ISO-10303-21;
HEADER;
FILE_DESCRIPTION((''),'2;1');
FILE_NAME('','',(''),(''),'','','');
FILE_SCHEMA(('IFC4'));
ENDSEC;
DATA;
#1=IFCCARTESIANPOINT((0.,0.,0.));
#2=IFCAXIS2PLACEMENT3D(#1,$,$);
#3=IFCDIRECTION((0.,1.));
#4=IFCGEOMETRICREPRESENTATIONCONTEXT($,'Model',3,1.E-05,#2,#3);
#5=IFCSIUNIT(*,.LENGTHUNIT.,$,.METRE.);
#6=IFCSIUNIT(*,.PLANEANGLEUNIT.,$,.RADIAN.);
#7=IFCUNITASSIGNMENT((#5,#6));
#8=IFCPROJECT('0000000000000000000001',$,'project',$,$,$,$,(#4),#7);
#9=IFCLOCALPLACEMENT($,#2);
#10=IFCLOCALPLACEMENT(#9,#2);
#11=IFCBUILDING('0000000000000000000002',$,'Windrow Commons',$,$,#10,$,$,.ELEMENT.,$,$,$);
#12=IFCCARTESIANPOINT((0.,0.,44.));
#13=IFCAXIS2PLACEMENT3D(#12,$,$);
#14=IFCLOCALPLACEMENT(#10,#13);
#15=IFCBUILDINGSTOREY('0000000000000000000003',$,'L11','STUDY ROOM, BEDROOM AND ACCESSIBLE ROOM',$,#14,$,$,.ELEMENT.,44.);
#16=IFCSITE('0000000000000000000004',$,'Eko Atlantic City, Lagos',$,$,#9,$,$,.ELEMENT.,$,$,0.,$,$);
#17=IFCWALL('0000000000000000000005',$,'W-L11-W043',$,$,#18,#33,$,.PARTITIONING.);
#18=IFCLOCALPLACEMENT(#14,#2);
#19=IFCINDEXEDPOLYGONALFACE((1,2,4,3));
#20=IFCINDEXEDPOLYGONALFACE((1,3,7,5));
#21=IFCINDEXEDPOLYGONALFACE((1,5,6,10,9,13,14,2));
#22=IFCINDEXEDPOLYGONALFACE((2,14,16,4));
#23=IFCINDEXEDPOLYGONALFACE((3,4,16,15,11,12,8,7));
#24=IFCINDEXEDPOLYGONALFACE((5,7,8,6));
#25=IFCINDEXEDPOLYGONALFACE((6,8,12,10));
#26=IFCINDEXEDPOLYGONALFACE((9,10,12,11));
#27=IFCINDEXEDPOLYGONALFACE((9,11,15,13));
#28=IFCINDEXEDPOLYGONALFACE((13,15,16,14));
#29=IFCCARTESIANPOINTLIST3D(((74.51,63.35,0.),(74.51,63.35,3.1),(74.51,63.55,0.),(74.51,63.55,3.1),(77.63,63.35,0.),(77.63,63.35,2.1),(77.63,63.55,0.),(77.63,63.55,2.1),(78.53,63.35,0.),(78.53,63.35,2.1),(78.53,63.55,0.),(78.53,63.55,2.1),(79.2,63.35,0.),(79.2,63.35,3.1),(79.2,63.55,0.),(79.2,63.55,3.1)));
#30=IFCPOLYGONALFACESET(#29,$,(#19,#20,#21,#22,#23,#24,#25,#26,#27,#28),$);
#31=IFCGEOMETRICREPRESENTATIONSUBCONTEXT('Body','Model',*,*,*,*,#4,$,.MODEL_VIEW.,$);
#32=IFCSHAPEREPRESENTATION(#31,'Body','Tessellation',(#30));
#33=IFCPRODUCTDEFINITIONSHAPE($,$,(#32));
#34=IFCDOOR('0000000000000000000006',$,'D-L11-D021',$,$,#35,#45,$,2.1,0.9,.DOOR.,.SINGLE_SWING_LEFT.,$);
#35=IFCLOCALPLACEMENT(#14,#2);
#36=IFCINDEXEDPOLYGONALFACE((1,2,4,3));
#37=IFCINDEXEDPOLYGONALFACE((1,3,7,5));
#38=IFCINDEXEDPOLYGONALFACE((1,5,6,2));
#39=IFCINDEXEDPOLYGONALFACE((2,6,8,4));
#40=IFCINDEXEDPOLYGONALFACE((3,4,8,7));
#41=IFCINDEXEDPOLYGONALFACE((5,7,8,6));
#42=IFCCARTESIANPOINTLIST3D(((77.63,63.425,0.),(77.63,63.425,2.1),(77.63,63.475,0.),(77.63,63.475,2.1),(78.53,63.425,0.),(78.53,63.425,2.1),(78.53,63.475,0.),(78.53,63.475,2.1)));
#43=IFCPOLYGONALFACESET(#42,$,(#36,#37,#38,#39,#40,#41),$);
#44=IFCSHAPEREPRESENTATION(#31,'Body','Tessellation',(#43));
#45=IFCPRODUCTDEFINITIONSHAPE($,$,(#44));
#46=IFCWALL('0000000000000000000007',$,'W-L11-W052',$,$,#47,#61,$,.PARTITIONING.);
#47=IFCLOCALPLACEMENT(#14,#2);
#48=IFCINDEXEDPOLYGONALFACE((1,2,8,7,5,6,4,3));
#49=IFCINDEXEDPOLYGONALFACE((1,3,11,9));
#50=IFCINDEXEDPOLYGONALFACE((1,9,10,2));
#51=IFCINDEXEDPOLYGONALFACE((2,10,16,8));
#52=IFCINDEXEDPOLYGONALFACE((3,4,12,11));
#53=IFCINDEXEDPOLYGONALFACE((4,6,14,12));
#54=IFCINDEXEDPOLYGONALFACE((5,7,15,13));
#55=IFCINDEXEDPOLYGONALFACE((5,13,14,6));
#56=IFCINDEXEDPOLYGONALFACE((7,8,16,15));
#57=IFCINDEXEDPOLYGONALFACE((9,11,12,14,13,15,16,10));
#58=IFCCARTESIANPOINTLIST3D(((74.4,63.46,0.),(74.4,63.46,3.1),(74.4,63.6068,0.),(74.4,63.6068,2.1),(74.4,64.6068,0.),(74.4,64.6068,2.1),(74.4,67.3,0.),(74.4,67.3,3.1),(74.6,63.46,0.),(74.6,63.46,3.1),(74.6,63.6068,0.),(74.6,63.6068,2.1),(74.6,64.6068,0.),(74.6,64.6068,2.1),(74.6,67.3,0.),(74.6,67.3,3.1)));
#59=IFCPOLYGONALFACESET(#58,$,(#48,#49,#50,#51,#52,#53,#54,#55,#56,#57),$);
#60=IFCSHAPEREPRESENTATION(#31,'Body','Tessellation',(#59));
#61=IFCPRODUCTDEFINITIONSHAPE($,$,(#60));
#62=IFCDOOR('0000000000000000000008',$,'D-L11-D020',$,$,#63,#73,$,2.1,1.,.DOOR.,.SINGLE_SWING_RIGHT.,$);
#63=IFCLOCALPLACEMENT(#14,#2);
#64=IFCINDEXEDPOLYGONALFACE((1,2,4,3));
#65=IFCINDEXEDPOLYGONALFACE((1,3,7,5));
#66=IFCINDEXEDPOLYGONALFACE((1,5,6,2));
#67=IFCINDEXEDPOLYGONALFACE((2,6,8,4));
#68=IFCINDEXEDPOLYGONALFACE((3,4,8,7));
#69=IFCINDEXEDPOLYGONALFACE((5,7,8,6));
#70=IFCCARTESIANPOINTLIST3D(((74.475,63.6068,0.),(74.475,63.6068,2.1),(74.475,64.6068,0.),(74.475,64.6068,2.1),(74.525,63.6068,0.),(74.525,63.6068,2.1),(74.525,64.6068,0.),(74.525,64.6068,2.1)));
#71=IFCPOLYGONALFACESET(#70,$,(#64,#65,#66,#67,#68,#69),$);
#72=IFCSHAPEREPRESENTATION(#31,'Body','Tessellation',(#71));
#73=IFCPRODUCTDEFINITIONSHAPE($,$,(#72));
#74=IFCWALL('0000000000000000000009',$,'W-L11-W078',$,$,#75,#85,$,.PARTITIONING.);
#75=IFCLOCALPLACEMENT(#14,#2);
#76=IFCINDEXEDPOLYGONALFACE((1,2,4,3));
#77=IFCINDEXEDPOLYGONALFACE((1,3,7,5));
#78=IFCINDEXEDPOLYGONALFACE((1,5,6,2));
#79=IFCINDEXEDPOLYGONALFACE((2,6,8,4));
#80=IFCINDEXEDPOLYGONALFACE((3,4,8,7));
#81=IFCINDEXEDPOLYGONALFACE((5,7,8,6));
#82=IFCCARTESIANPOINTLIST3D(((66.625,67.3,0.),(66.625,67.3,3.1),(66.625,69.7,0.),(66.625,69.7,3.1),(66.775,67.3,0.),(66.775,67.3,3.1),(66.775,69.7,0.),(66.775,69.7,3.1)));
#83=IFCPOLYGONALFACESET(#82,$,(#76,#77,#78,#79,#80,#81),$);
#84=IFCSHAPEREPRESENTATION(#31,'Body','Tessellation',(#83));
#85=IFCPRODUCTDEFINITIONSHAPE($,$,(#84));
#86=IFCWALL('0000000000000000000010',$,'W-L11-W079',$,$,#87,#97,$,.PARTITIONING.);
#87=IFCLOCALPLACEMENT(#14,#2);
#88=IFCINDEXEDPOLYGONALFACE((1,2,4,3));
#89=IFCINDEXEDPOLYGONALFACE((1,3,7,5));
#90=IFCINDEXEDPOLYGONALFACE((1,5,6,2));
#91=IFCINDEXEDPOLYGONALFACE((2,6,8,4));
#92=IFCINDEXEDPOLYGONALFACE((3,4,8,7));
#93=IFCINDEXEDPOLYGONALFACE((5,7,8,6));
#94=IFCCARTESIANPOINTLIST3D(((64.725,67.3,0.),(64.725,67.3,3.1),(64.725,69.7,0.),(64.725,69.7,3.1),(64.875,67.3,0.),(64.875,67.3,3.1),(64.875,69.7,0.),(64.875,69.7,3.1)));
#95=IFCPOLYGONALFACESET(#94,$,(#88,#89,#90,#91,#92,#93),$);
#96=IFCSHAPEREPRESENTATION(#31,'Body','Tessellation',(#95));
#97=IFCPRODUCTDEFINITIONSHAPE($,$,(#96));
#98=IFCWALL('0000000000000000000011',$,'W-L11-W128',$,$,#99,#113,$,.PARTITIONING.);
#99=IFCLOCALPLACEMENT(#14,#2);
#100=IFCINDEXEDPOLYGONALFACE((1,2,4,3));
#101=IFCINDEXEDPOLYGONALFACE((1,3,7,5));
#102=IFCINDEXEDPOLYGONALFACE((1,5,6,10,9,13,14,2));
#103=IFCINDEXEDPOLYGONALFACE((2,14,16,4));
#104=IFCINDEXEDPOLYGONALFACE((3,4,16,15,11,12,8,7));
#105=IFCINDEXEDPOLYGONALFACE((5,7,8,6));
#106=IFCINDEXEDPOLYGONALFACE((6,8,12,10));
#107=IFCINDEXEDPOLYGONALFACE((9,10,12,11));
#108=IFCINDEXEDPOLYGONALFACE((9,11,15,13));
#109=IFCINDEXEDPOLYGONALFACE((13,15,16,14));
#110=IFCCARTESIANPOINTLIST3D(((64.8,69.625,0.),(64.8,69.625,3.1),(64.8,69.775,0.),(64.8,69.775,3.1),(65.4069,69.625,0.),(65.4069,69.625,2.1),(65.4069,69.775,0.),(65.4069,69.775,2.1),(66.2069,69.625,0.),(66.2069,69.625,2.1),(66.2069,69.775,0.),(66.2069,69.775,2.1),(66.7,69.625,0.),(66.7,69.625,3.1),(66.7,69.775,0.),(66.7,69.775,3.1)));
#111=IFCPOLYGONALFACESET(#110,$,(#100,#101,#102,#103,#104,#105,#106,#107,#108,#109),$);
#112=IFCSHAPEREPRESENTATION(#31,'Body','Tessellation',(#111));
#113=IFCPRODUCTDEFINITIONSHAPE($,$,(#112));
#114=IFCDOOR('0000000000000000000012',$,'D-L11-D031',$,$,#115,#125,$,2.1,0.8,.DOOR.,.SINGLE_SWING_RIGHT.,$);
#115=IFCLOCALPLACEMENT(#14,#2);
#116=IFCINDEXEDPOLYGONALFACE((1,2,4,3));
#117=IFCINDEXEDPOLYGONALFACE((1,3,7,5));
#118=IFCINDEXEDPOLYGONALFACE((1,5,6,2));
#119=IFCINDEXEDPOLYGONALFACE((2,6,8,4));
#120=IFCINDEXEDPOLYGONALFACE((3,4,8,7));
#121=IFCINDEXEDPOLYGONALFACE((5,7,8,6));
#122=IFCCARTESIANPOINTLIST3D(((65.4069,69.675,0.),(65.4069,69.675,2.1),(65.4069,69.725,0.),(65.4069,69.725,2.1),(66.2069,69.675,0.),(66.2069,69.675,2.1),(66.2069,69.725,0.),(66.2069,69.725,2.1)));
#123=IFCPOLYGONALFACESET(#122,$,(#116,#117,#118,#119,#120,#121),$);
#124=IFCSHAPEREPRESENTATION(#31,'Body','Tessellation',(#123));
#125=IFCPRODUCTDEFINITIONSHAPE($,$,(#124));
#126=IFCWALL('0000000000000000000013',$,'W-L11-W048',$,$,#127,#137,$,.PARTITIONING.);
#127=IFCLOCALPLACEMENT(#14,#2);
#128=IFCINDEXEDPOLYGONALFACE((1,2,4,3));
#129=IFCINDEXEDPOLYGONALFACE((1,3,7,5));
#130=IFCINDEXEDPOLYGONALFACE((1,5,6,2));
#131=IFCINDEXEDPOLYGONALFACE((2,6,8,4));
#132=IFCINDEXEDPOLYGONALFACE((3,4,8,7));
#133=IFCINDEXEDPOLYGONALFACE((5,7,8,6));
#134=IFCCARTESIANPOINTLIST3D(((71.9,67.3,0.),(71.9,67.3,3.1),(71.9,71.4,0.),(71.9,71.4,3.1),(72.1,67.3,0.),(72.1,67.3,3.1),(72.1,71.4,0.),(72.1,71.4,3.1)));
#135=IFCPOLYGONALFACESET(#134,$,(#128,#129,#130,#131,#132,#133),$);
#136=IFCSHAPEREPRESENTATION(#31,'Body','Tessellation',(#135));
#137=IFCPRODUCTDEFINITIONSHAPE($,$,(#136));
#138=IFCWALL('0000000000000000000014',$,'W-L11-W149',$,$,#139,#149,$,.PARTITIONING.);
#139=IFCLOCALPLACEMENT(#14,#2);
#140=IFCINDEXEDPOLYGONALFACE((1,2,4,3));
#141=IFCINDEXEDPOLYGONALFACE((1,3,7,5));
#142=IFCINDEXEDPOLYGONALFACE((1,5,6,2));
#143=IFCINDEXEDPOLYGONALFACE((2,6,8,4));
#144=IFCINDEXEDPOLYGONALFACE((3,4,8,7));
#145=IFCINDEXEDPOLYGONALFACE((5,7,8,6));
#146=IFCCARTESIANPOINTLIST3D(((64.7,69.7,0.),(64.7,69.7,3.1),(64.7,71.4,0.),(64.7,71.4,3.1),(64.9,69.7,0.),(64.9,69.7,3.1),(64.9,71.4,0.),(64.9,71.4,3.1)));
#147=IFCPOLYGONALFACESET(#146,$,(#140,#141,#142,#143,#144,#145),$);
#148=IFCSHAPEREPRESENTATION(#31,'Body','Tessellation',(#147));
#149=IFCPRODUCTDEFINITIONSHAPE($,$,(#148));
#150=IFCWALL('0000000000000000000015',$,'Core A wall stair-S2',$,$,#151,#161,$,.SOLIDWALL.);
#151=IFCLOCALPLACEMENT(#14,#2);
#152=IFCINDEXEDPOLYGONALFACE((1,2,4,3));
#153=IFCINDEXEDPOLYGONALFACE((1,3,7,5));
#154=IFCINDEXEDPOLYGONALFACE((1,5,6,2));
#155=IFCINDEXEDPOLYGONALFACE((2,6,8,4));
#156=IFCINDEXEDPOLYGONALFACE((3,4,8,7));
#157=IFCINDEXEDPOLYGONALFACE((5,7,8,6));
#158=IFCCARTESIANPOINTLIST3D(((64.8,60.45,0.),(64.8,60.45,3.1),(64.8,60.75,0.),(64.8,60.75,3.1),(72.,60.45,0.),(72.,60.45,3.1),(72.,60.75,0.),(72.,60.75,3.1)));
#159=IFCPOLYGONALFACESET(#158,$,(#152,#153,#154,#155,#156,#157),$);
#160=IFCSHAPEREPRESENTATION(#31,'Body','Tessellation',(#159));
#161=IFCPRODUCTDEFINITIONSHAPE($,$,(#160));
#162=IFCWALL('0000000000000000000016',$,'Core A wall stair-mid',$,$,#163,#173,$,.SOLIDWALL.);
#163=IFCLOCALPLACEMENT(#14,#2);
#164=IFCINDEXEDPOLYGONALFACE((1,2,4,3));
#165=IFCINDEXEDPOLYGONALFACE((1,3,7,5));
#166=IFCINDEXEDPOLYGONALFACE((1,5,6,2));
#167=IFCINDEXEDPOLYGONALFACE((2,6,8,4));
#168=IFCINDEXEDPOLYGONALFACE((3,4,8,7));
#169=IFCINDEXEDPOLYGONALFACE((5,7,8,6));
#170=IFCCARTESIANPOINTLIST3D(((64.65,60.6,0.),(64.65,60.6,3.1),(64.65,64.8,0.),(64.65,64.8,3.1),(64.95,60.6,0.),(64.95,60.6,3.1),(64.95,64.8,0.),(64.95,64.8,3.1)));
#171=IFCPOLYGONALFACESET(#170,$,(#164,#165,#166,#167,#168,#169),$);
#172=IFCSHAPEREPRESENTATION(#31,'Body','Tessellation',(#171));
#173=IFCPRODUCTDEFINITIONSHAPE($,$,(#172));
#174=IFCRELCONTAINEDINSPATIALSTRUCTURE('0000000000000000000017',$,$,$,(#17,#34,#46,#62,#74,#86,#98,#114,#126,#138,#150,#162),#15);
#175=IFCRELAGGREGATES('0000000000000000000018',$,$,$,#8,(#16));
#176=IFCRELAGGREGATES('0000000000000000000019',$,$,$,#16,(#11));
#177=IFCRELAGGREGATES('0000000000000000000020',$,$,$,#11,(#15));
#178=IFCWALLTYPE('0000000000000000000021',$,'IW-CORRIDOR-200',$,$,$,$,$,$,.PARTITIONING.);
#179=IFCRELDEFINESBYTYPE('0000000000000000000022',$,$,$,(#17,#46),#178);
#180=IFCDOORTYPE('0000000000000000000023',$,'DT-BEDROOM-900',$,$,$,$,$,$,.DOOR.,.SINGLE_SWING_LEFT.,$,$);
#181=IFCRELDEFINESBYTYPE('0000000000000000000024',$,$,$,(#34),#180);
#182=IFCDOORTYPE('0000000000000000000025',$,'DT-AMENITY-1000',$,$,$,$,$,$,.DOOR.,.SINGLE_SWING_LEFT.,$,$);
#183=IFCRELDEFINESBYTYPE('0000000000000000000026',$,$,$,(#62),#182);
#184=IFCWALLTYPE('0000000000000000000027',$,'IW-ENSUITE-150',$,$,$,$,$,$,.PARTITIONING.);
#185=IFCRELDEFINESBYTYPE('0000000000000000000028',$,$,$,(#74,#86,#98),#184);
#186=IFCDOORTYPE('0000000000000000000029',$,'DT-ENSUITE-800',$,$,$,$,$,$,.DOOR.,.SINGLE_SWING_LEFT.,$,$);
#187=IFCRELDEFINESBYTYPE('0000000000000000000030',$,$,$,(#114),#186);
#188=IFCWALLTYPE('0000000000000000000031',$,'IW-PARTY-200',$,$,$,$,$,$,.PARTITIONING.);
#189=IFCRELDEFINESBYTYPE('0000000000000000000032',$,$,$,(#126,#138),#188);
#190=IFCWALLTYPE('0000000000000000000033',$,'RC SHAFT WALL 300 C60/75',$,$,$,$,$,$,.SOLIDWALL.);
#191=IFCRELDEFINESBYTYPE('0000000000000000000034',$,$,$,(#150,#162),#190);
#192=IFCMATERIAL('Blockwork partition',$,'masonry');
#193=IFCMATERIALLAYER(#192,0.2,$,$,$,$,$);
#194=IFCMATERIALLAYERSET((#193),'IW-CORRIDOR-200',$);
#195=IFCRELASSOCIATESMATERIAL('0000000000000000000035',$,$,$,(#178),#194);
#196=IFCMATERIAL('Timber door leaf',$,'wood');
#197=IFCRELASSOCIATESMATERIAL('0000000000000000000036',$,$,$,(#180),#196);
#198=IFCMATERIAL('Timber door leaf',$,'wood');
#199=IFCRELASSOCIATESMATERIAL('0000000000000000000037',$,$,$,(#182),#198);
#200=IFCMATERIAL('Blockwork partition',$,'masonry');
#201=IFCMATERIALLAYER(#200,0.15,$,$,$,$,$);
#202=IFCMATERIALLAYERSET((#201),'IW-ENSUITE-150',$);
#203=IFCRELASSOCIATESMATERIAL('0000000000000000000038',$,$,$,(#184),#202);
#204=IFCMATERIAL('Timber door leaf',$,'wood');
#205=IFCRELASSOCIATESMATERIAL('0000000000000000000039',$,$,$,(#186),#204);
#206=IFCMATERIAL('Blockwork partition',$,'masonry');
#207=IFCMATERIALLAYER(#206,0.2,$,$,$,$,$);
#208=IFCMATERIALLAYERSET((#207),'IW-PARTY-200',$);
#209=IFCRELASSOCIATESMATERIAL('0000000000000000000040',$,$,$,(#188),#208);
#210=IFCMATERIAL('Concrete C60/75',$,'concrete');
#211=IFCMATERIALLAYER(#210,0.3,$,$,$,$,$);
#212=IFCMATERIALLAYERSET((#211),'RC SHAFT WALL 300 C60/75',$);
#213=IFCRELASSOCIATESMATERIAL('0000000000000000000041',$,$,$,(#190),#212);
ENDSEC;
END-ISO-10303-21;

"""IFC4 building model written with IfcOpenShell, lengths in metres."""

from ifc_helpers import new_model, si_unit, direction, frame, frame_2d, origin, place, context, subcontext, project, spatial, rectangle, extrude, material, layer, layer_set, type_object, element, fill, save


model = new_model("IFC4")

# Units and contexts
model_context = context("Model", 3, precision=1e-05, world=origin(), true_north=direction((0.0, 1.0)))
body_context = subcontext(model_context, "Body", "Model", "MODEL_VIEW")
ifc_project = project(units=[si_unit("LENGTHUNIT", "METRE"), si_unit("PLANEANGLEUNIT", "RADIAN")], contexts=[model_context])

# Site, building, storey
site_placement = place(None, origin())
site = spatial("IfcSite", under=ifc_project, at=site_placement, Name="Eko Atlantic City, Lagos", CompositionType="ELEMENT", RefElevation=0.0)
building_placement = place(site_placement, origin())
building = spatial("IfcBuilding", under=site, at=building_placement, Name="Windrow Commons", CompositionType="ELEMENT")
storey_placement = place(building_placement, frame((0.0, 0.0, 44.0)))
storey = spatial("IfcBuildingStorey", under=building, at=storey_placement, Name="L11", Description="STUDY ROOM, BEDROOM AND ACCESSIBLE ROOM", CompositionType="ELEMENT", Elevation=44.0)

# Walls, openings, doors
ifc_material_1 = material(Name="Blockwork partition", Category="masonry")
ifc_layer_1 = layer(ifc_material_1, 0.2)
ifc_layer_set_1 = layer_set([ifc_layer_1], Name="IW-CORRIDOR-200")
wall_type_1 = type_object("IfcWallType", Name="IW-CORRIDOR-200", PredefinedType="PARTITIONING", material=ifc_layer_set_1)
wall_1_placement = place(storey_placement, frame((74.51, 63.45, 0.0), z_axis=(0.0, 0.0, 1.0), x_axis=(1.0, 0.0, 0.0)))
wall_1 = element("IfcWall", 1, at=wall_1_placement, inside=storey, type_object=wall_type_1, Name="W-L11-W043", PredefinedType="PARTITIONING", context=body_context, shape_type="SweptSolid", body=[
    extrude(rectangle(XDim=4.69, YDim=0.2, at=frame_2d((2.345, 0.0))), origin(), (0.0, 0.0, 1.0), 3.1),
])
opening_1_placement = place(wall_1_placement, frame((3.12, 0.0, 0.0)))
opening_1 = element("IfcOpeningElement", 2, at=opening_1_placement, cuts=wall_1, PredefinedType="OPENING", context=body_context, shape_type="SweptSolid", body=[
    extrude(rectangle(XDim=0.9, YDim=2.1, at=frame_2d((0.45, 1.05))), frame((0.0, 0.11, 0.0), z_axis=(0.0, -1.0, 0.0), x_axis=(1.0, 0.0, 0.0)), (0.0, 0.0, 1.0), 0.22),
])
ifc_material_2 = material(Name="Timber door leaf", Category="wood")
door_type_1 = type_object("IfcDoorType", Name="DT-BEDROOM-900", OperationType="SINGLE_SWING_LEFT", PredefinedType="DOOR", material=ifc_material_2)
door_1_placement = place(opening_1_placement, origin())
door_1 = element("IfcDoor", 3, at=door_1_placement, inside=storey, type_object=door_type_1, Name="D-L11-D021", OperationType="SINGLE_SWING_LEFT", OverallHeight=2.1, OverallWidth=0.9, PredefinedType="DOOR", context=body_context, shape_type="SweptSolid", body=[
    extrude(rectangle(XDim=0.9, YDim=2.1, at=frame_2d((0.45, 1.05))), frame((0.0, 0.025, 0.0), z_axis=(0.0, -1.0, 0.0), x_axis=(1.0, 0.0, 0.0)), (0.0, 0.0, 1.0), 0.05),
])
fill(opening_1, door_1)
wall_2_placement = place(storey_placement, frame((74.5, 63.46, 0.0), z_axis=(0.0, 0.0, 1.0), x_axis=(0.0, 1.0, 0.0)))
wall_2 = element("IfcWall", 4, at=wall_2_placement, inside=storey, type_object=wall_type_1, Name="W-L11-W052", PredefinedType="PARTITIONING", context=body_context, shape_type="SweptSolid", body=[
    extrude(rectangle(XDim=3.84, YDim=0.2, at=frame_2d((1.92, 0.0))), origin(), (0.0, 0.0, 1.0), 3.1),
])
opening_2_placement = place(wall_2_placement, frame((0.1468, 0.0, 0.0)))
opening_2 = element("IfcOpeningElement", 5, at=opening_2_placement, cuts=wall_2, PredefinedType="OPENING", context=body_context, shape_type="SweptSolid", body=[
    extrude(rectangle(XDim=1.0, YDim=2.1, at=frame_2d((0.5, 1.05))), frame((0.0, 0.11, 0.0), z_axis=(0.0, -1.0, 0.0), x_axis=(1.0, 0.0, 0.0)), (0.0, 0.0, 1.0), 0.22),
])
ifc_material_3 = material(Name="Timber door leaf", Category="wood")
door_type_2 = type_object("IfcDoorType", Name="DT-AMENITY-1000", OperationType="SINGLE_SWING_LEFT", PredefinedType="DOOR", material=ifc_material_3)
door_2_placement = place(opening_2_placement, origin())
door_2 = element("IfcDoor", 6, at=door_2_placement, inside=storey, type_object=door_type_2, Name="D-L11-D020", OperationType="SINGLE_SWING_RIGHT", OverallHeight=2.1, OverallWidth=1.0, PredefinedType="DOOR", context=body_context, shape_type="SweptSolid", body=[
    extrude(rectangle(XDim=1.0, YDim=2.1, at=frame_2d((0.5, 1.05))), frame((0.0, 0.025, 0.0), z_axis=(0.0, -1.0, 0.0), x_axis=(1.0, 0.0, 0.0)), (0.0, 0.0, 1.0), 0.05),
])
fill(opening_2, door_2)

# Walls
ifc_material_4 = material(Name="Blockwork partition", Category="masonry")
ifc_layer_2 = layer(ifc_material_4, 0.15)
ifc_layer_set_2 = layer_set([ifc_layer_2], Name="IW-ENSUITE-150")
wall_type_2 = type_object("IfcWallType", Name="IW-ENSUITE-150", PredefinedType="PARTITIONING", material=ifc_layer_set_2)
for number, where, z_axis, x_axis, name in (
    (7, (66.7, 67.3, 0.0), (0.0, 0.0, 1.0), (0.0, 1.0, 0.0), "W-L11-W078"),
    (8, (64.8, 67.3, 0.0), (0.0, 0.0, 1.0), (0.0, 1.0, 0.0), "W-L11-W079"),
):
    element("IfcWall", number, at=place(storey_placement, frame(where, z_axis=z_axis, x_axis=x_axis)), inside=storey, type_object=wall_type_2, Name=name, PredefinedType="PARTITIONING", context=body_context, shape_type="SweptSolid", body=[
        extrude(rectangle(XDim=2.4, YDim=0.15, at=frame_2d((1.2, 0.0))), origin(), (0.0, 0.0, 1.0), 3.1),
    ])

# Wall, opening, door
wall_3_placement = place(storey_placement, frame((64.8, 69.7, 0.0), z_axis=(0.0, 0.0, 1.0), x_axis=(1.0, 0.0, 0.0)))
wall_3 = element("IfcWall", 9, at=wall_3_placement, inside=storey, type_object=wall_type_2, Name="W-L11-W128", PredefinedType="PARTITIONING", context=body_context, shape_type="SweptSolid", body=[
    extrude(rectangle(XDim=1.9, YDim=0.15, at=frame_2d((0.95, 0.0))), origin(), (0.0, 0.0, 1.0), 3.1),
])
opening_3_placement = place(wall_3_placement, frame((0.6069, 0.0, 0.0)))
opening_3 = element("IfcOpeningElement", 10, at=opening_3_placement, cuts=wall_3, PredefinedType="OPENING", context=body_context, shape_type="SweptSolid", body=[
    extrude(rectangle(XDim=0.8, YDim=2.1, at=frame_2d((0.4, 1.05))), frame((0.0, 0.085, 0.0), z_axis=(0.0, -1.0, 0.0), x_axis=(1.0, 0.0, 0.0)), (0.0, 0.0, 1.0), 0.17),
])
ifc_material_5 = material(Name="Timber door leaf", Category="wood")
door_type_3 = type_object("IfcDoorType", Name="DT-ENSUITE-800", OperationType="SINGLE_SWING_LEFT", PredefinedType="DOOR", material=ifc_material_5)
door_3_placement = place(opening_3_placement, origin())
door_3 = element("IfcDoor", 11, at=door_3_placement, inside=storey, type_object=door_type_3, Name="D-L11-D031", OperationType="SINGLE_SWING_RIGHT", OverallHeight=2.1, OverallWidth=0.8, PredefinedType="DOOR", context=body_context, shape_type="SweptSolid", body=[
    extrude(rectangle(XDim=0.8, YDim=2.1, at=frame_2d((0.4, 1.05))), frame((0.0, 0.025, 0.0), z_axis=(0.0, -1.0, 0.0), x_axis=(1.0, 0.0, 0.0)), (0.0, 0.0, 1.0), 0.05),
])
fill(opening_3, door_3)

# Walls
ifc_material_6 = material(Name="Blockwork partition", Category="masonry")
ifc_layer_3 = layer(ifc_material_6, 0.2)
ifc_layer_set_3 = layer_set([ifc_layer_3], Name="IW-PARTY-200")
wall_type_3 = type_object("IfcWallType", Name="IW-PARTY-200", PredefinedType="PARTITIONING", material=ifc_layer_set_3)
wall_4_placement = place(storey_placement, frame((72.0, 67.3, 0.0), z_axis=(0.0, 0.0, 1.0), x_axis=(0.0, 1.0, 0.0)))
element("IfcWall", 12, at=wall_4_placement, inside=storey, type_object=wall_type_3, Name="W-L11-W048", PredefinedType="PARTITIONING", context=body_context, shape_type="SweptSolid", body=[
    extrude(rectangle(XDim=4.1, YDim=0.2, at=frame_2d((2.05, 0.0))), origin(), (0.0, 0.0, 1.0), 3.1),
])
wall_5_placement = place(storey_placement, frame((64.8, 69.7, 0.0), z_axis=(0.0, 0.0, 1.0), x_axis=(0.0, 1.0, 0.0)))
element("IfcWall", 13, at=wall_5_placement, inside=storey, type_object=wall_type_3, Name="W-L11-W149", PredefinedType="PARTITIONING", context=body_context, shape_type="SweptSolid", body=[
    extrude(rectangle(XDim=1.7, YDim=0.2, at=frame_2d((0.85, 0.0))), origin(), (0.0, 0.0, 1.0), 3.1),
])
ifc_material_7 = material(Name="Concrete C60/75", Category="concrete")
ifc_layer_4 = layer(ifc_material_7, 0.3)
ifc_layer_set_4 = layer_set([ifc_layer_4], Name="RC SHAFT WALL 300 C60/75")
wall_type_4 = type_object("IfcWallType", Name="RC SHAFT WALL 300 C60/75", PredefinedType="SOLIDWALL", material=ifc_layer_set_4)
wall_6_placement = place(storey_placement, frame((64.8, 60.6, 0.0), z_axis=(0.0, 0.0, 1.0), x_axis=(1.0, 0.0, 0.0)))
element("IfcWall", 14, at=wall_6_placement, inside=storey, type_object=wall_type_4, Name="Core A wall stair-S2", PredefinedType="SOLIDWALL", context=body_context, shape_type="SweptSolid", body=[
    extrude(rectangle(XDim=7.2, YDim=0.3, at=frame_2d((3.6, 0.0))), origin(), (0.0, 0.0, 1.0), 3.1),
])
wall_7_placement = place(storey_placement, frame((64.8, 60.6, 0.0), z_axis=(0.0, 0.0, 1.0), x_axis=(0.0, 1.0, 0.0)))
element("IfcWall", 15, at=wall_7_placement, inside=storey, type_object=wall_type_4, Name="Core A wall stair-mid", PredefinedType="SOLIDWALL", context=body_context, shape_type="SweptSolid", body=[
    extrude(rectangle(XDim=4.2, YDim=0.3, at=frame_2d((2.1, 0.0))), origin(), (0.0, 0.0, 1.0), 3.1),
])

save(model, "model.ifc")
